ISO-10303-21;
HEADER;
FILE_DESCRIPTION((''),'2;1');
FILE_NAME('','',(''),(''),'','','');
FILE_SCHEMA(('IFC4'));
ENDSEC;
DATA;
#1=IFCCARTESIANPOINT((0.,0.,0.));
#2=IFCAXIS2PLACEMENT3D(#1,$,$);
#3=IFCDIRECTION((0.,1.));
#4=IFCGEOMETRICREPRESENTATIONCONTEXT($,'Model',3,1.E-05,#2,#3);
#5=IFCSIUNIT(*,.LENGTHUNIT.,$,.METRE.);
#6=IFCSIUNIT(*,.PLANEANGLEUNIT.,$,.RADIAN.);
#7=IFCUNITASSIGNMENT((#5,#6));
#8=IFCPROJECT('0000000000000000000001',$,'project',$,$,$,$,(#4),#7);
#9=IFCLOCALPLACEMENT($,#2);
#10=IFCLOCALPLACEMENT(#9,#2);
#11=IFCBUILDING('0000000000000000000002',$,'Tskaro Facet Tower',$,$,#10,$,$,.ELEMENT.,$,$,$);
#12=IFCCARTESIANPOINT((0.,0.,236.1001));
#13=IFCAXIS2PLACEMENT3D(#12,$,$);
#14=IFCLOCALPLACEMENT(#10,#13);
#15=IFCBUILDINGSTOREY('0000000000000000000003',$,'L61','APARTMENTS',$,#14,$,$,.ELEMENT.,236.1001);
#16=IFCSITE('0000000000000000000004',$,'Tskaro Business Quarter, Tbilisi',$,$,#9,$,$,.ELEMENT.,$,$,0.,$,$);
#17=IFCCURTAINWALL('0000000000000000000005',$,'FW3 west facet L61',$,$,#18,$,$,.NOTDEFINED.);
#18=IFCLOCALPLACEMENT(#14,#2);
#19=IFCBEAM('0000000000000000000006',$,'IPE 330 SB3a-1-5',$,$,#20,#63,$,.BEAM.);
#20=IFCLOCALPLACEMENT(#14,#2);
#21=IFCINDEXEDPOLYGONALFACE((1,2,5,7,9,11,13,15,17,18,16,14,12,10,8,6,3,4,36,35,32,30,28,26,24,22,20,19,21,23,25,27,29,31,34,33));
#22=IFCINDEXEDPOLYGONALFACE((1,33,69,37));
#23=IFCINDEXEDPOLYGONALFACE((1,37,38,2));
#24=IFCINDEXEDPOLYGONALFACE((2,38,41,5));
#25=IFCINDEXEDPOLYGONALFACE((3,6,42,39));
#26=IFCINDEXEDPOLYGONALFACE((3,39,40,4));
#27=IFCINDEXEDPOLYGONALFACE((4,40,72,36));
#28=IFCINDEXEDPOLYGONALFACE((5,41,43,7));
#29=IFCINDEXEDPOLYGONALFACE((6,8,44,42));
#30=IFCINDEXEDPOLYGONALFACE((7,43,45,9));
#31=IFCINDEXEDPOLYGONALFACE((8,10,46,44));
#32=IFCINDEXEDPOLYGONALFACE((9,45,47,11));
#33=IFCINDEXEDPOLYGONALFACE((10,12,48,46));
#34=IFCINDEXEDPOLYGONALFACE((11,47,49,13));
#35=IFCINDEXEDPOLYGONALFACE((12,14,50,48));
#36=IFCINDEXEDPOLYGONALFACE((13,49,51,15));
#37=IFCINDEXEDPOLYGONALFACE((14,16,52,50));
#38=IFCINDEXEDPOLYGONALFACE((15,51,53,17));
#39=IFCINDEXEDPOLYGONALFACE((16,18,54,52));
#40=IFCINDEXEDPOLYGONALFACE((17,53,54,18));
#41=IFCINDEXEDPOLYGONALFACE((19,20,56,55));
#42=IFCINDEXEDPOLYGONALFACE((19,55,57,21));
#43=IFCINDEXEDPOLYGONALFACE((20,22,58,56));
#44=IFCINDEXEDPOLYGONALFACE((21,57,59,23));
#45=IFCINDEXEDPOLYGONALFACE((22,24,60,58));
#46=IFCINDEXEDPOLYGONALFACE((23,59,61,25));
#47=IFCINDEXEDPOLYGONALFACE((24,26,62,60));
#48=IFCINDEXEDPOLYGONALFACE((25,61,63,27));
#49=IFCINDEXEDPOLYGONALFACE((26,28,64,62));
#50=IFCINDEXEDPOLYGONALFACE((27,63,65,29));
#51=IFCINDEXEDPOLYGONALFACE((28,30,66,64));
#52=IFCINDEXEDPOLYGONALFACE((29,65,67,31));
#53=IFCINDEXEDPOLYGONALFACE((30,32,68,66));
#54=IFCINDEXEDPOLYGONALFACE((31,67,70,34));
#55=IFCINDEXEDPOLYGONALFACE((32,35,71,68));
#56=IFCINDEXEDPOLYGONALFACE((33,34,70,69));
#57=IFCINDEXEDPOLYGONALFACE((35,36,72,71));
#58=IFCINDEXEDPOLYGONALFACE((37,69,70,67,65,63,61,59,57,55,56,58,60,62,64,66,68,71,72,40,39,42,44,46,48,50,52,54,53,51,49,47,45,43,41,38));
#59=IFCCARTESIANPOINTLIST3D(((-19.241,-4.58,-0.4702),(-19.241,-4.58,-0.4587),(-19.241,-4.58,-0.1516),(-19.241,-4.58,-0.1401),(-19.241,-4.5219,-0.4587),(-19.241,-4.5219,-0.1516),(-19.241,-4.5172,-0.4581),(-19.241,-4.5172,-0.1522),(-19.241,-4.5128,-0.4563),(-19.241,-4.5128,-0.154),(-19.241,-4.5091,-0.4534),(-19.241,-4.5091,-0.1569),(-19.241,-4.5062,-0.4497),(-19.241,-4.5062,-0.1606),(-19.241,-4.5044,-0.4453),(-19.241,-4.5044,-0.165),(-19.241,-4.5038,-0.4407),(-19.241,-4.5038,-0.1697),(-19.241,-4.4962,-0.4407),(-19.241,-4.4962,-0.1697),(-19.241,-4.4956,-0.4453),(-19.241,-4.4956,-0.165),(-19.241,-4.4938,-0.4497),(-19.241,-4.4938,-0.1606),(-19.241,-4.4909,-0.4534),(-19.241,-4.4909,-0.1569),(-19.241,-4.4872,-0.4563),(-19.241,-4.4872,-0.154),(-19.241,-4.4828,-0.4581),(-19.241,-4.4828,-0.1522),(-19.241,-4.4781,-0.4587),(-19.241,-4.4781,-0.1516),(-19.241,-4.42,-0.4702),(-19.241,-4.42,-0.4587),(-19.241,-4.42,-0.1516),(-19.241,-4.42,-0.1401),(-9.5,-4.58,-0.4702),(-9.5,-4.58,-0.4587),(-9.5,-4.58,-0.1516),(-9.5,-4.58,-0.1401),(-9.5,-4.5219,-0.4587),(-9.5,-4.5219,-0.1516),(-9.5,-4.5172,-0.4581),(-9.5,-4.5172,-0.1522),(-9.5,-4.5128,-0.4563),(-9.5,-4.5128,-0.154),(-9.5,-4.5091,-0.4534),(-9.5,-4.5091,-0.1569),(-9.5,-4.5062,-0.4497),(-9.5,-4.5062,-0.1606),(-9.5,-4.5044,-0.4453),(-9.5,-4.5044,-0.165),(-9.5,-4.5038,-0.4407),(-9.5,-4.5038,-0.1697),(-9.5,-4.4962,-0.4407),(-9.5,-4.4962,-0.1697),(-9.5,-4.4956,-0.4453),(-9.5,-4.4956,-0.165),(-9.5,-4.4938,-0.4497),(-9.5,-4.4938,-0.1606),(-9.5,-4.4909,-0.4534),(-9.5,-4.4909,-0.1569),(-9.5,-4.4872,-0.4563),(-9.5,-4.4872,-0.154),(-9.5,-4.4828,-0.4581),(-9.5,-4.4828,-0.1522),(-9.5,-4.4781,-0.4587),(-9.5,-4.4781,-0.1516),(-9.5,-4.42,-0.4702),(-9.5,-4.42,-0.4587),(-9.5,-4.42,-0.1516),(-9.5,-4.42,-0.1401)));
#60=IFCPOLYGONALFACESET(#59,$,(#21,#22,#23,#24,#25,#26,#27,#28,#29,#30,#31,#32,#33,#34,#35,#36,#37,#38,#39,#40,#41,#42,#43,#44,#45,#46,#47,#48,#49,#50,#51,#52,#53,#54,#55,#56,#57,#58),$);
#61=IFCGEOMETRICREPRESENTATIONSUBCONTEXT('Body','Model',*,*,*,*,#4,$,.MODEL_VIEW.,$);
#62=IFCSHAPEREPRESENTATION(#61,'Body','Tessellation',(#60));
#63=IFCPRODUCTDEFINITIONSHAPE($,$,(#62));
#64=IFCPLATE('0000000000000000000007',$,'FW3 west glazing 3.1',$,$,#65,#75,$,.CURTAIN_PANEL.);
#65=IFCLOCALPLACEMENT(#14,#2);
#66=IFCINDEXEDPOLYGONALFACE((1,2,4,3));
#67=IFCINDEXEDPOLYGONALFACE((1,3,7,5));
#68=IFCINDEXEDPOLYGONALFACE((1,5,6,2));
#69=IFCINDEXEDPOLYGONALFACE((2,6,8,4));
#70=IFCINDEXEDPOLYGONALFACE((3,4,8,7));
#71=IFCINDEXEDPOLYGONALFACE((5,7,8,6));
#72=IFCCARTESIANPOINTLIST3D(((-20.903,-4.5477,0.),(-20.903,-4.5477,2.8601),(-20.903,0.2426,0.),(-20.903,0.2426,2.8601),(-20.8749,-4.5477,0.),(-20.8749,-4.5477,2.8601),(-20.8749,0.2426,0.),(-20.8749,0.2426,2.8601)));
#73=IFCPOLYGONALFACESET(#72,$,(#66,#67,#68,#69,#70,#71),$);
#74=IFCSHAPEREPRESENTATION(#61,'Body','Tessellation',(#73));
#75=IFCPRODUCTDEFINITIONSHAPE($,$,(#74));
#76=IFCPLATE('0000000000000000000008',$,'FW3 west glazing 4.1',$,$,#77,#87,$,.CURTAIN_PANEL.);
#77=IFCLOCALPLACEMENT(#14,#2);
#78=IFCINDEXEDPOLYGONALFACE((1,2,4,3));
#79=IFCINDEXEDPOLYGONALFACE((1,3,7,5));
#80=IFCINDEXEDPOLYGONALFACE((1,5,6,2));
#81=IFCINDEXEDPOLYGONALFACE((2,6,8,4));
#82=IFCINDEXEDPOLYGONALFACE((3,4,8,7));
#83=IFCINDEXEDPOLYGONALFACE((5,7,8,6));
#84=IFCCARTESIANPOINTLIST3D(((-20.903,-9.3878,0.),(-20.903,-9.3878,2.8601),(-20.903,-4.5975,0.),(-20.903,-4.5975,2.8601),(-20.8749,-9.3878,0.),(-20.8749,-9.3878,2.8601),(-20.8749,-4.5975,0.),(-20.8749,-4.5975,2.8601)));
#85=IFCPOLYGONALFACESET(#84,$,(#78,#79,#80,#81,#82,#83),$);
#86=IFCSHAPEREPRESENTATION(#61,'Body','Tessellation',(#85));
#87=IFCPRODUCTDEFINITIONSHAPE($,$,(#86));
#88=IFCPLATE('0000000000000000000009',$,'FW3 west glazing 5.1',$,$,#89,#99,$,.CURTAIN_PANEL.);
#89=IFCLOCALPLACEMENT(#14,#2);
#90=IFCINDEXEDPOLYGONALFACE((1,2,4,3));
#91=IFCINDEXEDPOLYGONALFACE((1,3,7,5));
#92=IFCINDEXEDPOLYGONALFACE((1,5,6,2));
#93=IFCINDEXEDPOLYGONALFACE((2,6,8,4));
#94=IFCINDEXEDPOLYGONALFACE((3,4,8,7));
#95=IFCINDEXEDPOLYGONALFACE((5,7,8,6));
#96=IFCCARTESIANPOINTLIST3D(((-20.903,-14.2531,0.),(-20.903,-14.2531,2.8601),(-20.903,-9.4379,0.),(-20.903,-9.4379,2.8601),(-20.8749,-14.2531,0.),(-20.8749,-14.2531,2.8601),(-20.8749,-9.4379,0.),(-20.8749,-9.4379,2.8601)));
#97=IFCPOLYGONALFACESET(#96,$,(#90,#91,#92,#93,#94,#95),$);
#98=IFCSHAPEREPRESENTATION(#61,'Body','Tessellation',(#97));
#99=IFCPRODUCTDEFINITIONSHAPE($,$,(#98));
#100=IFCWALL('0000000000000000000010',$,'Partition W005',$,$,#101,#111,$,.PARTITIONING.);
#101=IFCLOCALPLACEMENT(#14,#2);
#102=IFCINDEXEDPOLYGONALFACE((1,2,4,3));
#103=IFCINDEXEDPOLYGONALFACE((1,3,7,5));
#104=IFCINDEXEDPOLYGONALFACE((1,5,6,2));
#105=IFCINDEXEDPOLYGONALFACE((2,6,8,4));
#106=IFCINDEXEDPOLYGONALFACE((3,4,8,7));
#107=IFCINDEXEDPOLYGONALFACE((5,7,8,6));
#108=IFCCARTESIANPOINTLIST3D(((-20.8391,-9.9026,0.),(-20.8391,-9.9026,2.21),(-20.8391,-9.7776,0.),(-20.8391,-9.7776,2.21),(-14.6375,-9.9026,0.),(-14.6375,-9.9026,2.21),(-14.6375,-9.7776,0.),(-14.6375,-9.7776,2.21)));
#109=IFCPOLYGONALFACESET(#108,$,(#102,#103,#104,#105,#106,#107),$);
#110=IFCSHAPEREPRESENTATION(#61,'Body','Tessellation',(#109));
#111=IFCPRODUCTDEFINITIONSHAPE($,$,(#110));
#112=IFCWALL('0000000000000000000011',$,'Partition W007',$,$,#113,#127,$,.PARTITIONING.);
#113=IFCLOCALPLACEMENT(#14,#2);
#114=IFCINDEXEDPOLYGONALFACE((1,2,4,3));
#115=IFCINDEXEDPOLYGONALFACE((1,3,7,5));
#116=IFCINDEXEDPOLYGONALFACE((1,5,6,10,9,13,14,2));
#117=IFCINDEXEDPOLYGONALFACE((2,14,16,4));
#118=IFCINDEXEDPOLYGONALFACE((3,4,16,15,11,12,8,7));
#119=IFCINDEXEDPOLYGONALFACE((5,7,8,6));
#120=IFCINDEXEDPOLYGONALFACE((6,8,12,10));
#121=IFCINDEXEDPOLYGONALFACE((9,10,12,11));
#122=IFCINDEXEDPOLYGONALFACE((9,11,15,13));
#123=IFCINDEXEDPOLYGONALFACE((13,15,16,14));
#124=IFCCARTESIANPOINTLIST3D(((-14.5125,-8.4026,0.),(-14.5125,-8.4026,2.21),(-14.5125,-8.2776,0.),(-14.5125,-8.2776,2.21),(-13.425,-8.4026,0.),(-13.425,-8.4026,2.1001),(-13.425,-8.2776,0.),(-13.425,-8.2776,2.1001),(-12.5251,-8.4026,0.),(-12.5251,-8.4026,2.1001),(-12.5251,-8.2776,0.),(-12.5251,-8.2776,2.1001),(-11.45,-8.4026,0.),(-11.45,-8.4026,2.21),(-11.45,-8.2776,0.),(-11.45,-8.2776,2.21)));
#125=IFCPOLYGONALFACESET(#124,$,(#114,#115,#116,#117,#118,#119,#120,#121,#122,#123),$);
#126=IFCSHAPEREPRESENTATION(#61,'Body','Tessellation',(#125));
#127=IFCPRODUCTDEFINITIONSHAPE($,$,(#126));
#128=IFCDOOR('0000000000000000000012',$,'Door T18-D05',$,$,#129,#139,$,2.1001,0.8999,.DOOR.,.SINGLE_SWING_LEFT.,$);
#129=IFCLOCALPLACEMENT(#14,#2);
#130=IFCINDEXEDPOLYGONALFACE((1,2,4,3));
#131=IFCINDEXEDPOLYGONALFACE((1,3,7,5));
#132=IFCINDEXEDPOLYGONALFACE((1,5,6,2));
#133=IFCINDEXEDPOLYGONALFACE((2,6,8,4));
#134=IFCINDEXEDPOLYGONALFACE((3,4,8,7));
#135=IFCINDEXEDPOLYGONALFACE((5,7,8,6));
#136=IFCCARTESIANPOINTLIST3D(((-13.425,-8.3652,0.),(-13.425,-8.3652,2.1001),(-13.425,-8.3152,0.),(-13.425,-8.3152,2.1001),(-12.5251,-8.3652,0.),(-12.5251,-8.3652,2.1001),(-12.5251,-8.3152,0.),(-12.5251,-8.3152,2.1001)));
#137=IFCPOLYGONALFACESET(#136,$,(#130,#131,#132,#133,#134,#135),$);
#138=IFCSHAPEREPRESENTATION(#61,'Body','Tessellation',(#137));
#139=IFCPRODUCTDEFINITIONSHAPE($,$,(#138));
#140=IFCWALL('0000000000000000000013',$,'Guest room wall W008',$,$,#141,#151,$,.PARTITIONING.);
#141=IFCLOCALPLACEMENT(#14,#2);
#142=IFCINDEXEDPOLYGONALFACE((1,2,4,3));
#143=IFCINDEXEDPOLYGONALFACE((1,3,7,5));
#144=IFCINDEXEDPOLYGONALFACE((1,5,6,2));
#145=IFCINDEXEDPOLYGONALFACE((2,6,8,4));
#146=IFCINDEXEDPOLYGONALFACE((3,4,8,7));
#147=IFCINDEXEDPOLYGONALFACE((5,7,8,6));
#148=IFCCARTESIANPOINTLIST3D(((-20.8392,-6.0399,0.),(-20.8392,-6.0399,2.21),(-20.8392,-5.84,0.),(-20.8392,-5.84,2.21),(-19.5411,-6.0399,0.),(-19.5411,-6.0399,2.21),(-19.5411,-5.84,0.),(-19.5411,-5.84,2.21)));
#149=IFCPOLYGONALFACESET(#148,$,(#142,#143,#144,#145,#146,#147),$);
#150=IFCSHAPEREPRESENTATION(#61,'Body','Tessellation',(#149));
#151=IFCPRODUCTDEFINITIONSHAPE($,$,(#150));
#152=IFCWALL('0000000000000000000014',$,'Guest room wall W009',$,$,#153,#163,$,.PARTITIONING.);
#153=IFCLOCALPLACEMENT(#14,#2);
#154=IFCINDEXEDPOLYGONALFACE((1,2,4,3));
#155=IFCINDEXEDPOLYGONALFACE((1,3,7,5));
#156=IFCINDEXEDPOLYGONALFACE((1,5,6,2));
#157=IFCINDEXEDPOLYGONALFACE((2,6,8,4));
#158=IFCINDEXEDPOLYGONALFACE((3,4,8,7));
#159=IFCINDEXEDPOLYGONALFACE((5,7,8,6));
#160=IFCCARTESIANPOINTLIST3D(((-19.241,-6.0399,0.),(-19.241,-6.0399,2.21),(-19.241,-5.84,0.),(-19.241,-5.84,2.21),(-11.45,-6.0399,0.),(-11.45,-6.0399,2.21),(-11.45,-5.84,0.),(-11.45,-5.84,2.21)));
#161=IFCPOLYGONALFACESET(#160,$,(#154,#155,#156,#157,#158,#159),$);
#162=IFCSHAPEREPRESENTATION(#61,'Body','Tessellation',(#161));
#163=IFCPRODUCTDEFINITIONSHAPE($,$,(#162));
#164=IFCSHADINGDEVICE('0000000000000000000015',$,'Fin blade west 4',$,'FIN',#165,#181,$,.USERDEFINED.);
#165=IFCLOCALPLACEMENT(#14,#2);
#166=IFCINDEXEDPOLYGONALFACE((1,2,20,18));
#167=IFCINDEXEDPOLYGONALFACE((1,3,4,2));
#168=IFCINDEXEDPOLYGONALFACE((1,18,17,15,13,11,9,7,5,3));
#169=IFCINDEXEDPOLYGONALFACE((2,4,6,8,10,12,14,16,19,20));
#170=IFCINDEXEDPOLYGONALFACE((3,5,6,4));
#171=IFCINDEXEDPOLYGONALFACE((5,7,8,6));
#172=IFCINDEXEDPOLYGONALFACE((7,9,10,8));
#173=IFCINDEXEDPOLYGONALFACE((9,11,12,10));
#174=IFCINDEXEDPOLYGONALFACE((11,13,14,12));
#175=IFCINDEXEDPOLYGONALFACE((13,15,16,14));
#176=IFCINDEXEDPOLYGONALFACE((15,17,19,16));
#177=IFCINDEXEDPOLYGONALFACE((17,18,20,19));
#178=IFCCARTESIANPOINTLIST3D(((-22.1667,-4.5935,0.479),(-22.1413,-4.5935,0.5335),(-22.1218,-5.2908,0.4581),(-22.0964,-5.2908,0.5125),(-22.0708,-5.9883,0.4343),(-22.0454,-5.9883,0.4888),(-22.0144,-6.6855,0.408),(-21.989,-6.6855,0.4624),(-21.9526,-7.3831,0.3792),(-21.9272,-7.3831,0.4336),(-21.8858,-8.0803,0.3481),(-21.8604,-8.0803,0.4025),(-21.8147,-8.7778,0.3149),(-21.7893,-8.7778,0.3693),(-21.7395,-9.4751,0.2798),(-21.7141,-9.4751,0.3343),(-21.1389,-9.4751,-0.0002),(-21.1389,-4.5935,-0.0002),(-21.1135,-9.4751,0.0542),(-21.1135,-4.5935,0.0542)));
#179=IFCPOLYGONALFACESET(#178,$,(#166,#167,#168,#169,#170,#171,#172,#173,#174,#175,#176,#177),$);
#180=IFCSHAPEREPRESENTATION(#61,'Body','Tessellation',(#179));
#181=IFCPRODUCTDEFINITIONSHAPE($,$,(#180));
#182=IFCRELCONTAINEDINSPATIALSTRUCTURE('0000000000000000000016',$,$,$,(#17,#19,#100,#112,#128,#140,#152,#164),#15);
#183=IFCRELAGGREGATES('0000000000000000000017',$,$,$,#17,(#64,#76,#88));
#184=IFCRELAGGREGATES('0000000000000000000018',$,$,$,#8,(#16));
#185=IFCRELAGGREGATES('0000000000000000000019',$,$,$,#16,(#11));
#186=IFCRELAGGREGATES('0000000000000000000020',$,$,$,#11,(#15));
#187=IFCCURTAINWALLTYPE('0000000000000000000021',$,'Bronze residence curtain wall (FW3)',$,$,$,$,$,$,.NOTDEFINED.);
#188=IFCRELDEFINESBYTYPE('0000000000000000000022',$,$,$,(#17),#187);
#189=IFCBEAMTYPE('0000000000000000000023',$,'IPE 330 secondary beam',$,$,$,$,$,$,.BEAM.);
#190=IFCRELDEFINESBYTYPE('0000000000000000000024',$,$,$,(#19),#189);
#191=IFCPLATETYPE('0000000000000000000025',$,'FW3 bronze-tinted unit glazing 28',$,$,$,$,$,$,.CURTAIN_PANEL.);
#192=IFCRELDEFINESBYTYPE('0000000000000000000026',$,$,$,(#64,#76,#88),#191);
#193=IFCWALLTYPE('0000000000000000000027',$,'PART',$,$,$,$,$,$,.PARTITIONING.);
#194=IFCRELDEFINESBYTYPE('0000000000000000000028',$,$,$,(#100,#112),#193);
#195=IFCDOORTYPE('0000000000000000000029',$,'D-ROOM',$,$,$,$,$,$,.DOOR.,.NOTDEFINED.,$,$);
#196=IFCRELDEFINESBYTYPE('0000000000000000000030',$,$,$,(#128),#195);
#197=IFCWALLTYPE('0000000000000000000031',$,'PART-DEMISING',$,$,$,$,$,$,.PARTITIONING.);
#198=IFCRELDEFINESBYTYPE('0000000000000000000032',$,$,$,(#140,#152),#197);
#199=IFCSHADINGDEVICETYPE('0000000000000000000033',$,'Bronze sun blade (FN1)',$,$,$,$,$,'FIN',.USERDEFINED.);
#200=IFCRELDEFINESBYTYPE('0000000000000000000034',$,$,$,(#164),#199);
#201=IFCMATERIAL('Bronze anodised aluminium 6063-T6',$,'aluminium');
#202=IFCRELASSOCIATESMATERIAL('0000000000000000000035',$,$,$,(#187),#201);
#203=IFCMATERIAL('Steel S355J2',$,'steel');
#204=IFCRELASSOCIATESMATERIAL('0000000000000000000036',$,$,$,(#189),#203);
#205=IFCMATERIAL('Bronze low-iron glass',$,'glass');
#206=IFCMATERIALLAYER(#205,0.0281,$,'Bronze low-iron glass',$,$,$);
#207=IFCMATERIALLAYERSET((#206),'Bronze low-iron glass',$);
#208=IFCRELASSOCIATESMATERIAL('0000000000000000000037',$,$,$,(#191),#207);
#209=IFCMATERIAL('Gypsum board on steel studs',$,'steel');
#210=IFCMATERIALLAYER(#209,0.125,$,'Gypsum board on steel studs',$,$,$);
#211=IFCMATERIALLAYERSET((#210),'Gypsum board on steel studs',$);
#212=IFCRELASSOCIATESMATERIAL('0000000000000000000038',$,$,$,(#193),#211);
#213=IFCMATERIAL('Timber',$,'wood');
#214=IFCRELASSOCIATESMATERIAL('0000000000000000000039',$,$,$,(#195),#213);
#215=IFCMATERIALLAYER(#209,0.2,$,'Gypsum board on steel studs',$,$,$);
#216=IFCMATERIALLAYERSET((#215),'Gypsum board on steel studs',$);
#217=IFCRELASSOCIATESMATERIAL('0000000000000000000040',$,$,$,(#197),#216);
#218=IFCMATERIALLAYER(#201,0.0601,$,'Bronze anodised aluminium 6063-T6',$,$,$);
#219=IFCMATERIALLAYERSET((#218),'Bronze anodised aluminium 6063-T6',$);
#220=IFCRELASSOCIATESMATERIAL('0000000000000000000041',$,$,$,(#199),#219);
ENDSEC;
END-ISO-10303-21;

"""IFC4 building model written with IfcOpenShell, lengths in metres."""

from ifc_helpers import new_model, si_unit, direction, frame, frame_2d, origin, origin_2d, place, context, subcontext, project, spatial, polyline, rectangle, i_section, outline, extrude, material, layer, layer_set, material_profile, profile_set, type_object, element, fill, aggregate, save


model = new_model("IFC4")

# Units and contexts
model_context = context("Model", 3, precision=1e-05, world=origin(), true_north=direction((0.0, 1.0)))
body_context = subcontext(model_context, "Body", "Model", "MODEL_VIEW")
ifc_project = project(units=[si_unit("LENGTHUNIT", "METRE"), si_unit("PLANEANGLEUNIT", "RADIAN")], contexts=[model_context])

# Site, building, storey
site_placement = place(None, origin())
site = spatial("IfcSite", under=ifc_project, at=site_placement, Name="Tskaro Business Quarter, Tbilisi", CompositionType="ELEMENT", RefElevation=0.0)
building_placement = place(site_placement, origin())
building = spatial("IfcBuilding", under=site, at=building_placement, Name="Tskaro Facet Tower", CompositionType="ELEMENT")
storey_placement = place(building_placement, frame((0.0, 0.0, 236.1001)))
storey = spatial("IfcBuildingStorey", under=building, at=storey_placement, Name="L61", Description="APARTMENTS", CompositionType="ELEMENT", Elevation=236.1001)

# Shared definitions
ifc_material_1 = material(Name="Steel S355J2", Category="steel")

# Curtain wall
ifc_material_2 = material(Name="Bronze anodised aluminium 6063-T6", Category="aluminium")
curtain_wall_type = type_object("IfcCurtainWallType", Name="Bronze residence curtain wall (FW3)", PredefinedType="NOTDEFINED", material=ifc_material_2)
curtain_wall_placement = place(storey_placement, origin())
curtain_wall = element("IfcCurtainWall", 1, at=curtain_wall_placement, inside=storey, type_object=curtain_wall_type, Name="FW3 west facet L61", PredefinedType="NOTDEFINED")

# Beam
ifc_material_profile_1 = material_profile(ifc_material_1, i_section(OverallWidth=0.1599, OverallDepth=0.3301, WebThickness=0.0076, FlangeThickness=0.0115, FilletRadius=0.0181, at=origin_2d()), Name="IPE 330")
ifc_profile_set_1 = profile_set([ifc_material_profile_1], Name="Steel S355J2")
beam_type_1 = type_object("IfcBeamType", Name="IPE 330 secondary beam", PredefinedType="BEAM", material=ifc_profile_set_1)
beam_1_placement = place(storey_placement, frame((-19.241, -4.5, -0.3052), z_axis=(1.0, 0.0, 0.0), x_axis=(0.0, 1.0, 0.0)))
element("IfcBeam", 2, at=beam_1_placement, inside=storey, type_object=beam_type_1, Name="IPE 330 SB3a-1-5", PredefinedType="BEAM", context=body_context, shape_type="SweptSolid", body=[
    extrude(i_section(OverallWidth=0.1599, OverallDepth=0.3301, WebThickness=0.0076, FlangeThickness=0.0115, FilletRadius=0.0181, at=origin_2d()), origin(), (0.0, 0.0, 1.0), 9.741),
])

# Plates
ifc_material_3 = material(Name="Bronze low-iron glass", Category="glass")
ifc_layer_1 = layer(ifc_material_3, 0.0281, Name="Bronze low-iron glass")
ifc_layer_set_1 = layer_set([ifc_layer_1], Name="Bronze low-iron glass")
plate_type = type_object("IfcPlateType", Name="FW3 bronze-tinted unit glazing 28", PredefinedType="CURTAIN_PANEL", material=ifc_layer_set_1)
plate_1_placement = place(storey_placement, frame((-20.8889, -2.1526, 0.0), z_axis=(0.0, 0.0, 1.0), x_axis=(0.0, -1.0, 0.0)))
plate_1 = element("IfcPlate", 3, at=plate_1_placement, type_object=plate_type, Name="FW3 west glazing 3.1", PredefinedType="CURTAIN_PANEL", context=body_context, shape_type="SweptSolid", body=[
    extrude(rectangle(XDim=4.7903, YDim=0.0281, at=origin_2d()), origin(), (0.0, 0.0, 1.0), 2.8601),
])
plate_2_placement = place(storey_placement, frame((-20.8889, -6.9927, 0.0), z_axis=(0.0, 0.0, 1.0), x_axis=(0.0, -1.0, 0.0)))
plate_2 = element("IfcPlate", 4, at=plate_2_placement, type_object=plate_type, Name="FW3 west glazing 4.1", PredefinedType="CURTAIN_PANEL", context=body_context, shape_type="SweptSolid", body=[
    extrude(rectangle(XDim=4.7903, YDim=0.0281, at=origin_2d()), origin(), (0.0, 0.0, 1.0), 2.8601),
])
plate_3_placement = place(storey_placement, frame((-20.8889, -11.8455, 0.0), z_axis=(0.0, 0.0, 1.0), x_axis=(0.0, -1.0, 0.0)))
plate_3 = element("IfcPlate", 5, at=plate_3_placement, type_object=plate_type, Name="FW3 west glazing 5.1", PredefinedType="CURTAIN_PANEL", context=body_context, shape_type="SweptSolid", body=[
    extrude(rectangle(XDim=4.8152, YDim=0.0281, at=origin_2d()), origin(), (0.0, 0.0, 1.0), 2.8601),
])
aggregate(curtain_wall, [plate_1, plate_2, plate_3])

# Wall
ifc_material_4 = material(Name="Gypsum board on steel studs", Category="steel")
ifc_layer_2 = layer(ifc_material_4, 0.125, Name="Gypsum board on steel studs")
ifc_layer_set_2 = layer_set([ifc_layer_2], Name="Gypsum board on steel studs")
wall_type_1 = type_object("IfcWallType", Name="PART", PredefinedType="PARTITIONING", material=ifc_layer_set_2)
wall_1_placement = place(storey_placement, frame((-20.8391, -9.8401, 0.0), z_axis=(0.0, 0.0, 1.0), x_axis=(1.0, 0.0, 0.0)))
element("IfcWall", 6, at=wall_1_placement, inside=storey, type_object=wall_type_1, Name="Partition W005", PredefinedType="PARTITIONING", context=body_context, shape_type="SweptSolid", body=[
    extrude(rectangle(XDim=6.2017, YDim=0.125, at=frame_2d((3.1008, 0.0))), origin(), (0.0, 0.0, 1.0), 2.21),
])

# Wall, opening, door
wall_2_placement = place(storey_placement, frame((-14.5125, -8.3401, 0.0), z_axis=(0.0, 0.0, 1.0), x_axis=(1.0, 0.0, 0.0)))
wall_2 = element("IfcWall", 7, at=wall_2_placement, inside=storey, type_object=wall_type_1, Name="Partition W007", PredefinedType="PARTITIONING", context=body_context, shape_type="SweptSolid", body=[
    extrude(rectangle(XDim=3.0625, YDim=0.125, at=frame_2d((1.5312, 0.0))), origin(), (0.0, 0.0, 1.0), 2.21),
])
opening_placement = place(wall_2_placement, frame((1.0874, 0.0, 0.0)))
opening = element("IfcOpeningElement", 8, at=opening_placement, cuts=wall_2, PredefinedType="OPENING", context=body_context, shape_type="SweptSolid", body=[
    extrude(rectangle(XDim=0.8999, YDim=2.1001, at=frame_2d((0.45, 1.05))), frame((0.0, 0.0725, 0.0), z_axis=(0.0, -1.0, 0.0), x_axis=(1.0, 0.0, 0.0)), (0.0, 0.0, 1.0), 0.145),
])
ifc_material_5 = material(Name="Timber", Category="wood")
door_type = type_object("IfcDoorType", Name="D-ROOM", OperationType="NOTDEFINED", PredefinedType="DOOR", material=ifc_material_5)
door_placement = place(opening_placement, origin())
door = element("IfcDoor", 9, at=door_placement, inside=storey, type_object=door_type, Name="Door T18-D05", OperationType="SINGLE_SWING_LEFT", OverallHeight=2.1001, OverallWidth=0.8999, PredefinedType="DOOR", context=body_context, shape_type="SweptSolid", body=[
    extrude(rectangle(XDim=0.8999, YDim=2.1001, at=frame_2d((0.45, 1.05))), frame((0.0, 0.0249, 0.0), z_axis=(0.0, -1.0, 0.0), x_axis=(1.0, 0.0, 0.0)), (0.0, 0.0, 1.0), 0.05),
])
fill(opening, door)

# Walls
ifc_layer_3 = layer(ifc_material_4, 0.2, Name="Gypsum board on steel studs")
ifc_layer_set_3 = layer_set([ifc_layer_3], Name="Gypsum board on steel studs")
wall_type_2 = type_object("IfcWallType", Name="PART-DEMISING", PredefinedType="PARTITIONING", material=ifc_layer_set_3)
wall_3_placement = place(storey_placement, frame((-20.8391, -5.9399, 0.0), z_axis=(0.0, 0.0, 1.0), x_axis=(1.0, 0.0, 0.0)))
element("IfcWall", 10, at=wall_3_placement, inside=storey, type_object=wall_type_2, Name="Guest room wall W008", PredefinedType="PARTITIONING", context=body_context, shape_type="SweptSolid", body=[
    extrude(rectangle(XDim=1.2981, YDim=0.2, at=frame_2d((0.6489, 0.0))), origin(), (0.0, 0.0, 1.0), 2.21),
])
wall_4_placement = place(storey_placement, frame((-19.241, -5.9399, 0.0), z_axis=(0.0, 0.0, 1.0), x_axis=(1.0, 0.0, 0.0)))
element("IfcWall", 11, at=wall_4_placement, inside=storey, type_object=wall_type_2, Name="Guest room wall W009", PredefinedType="PARTITIONING", context=body_context, shape_type="SweptSolid", body=[
    extrude(rectangle(XDim=7.791, YDim=0.2, at=frame_2d((3.8955, 0.0))), origin(), (0.0, 0.0, 1.0), 2.21),
])

# Shading device
ifc_layer_4 = layer(ifc_material_2, 0.0601, Name="Bronze anodised aluminium 6063-T6")
ifc_layer_set_4 = layer_set([ifc_layer_4], Name="Bronze anodised aluminium 6063-T6")
shading_device_type = type_object("IfcShadingDeviceType", Name="Bronze sun blade (FN1)", ElementType="FIN", PredefinedType="USERDEFINED", material=ifc_layer_set_4)
shading_device_1_placement = place(storey_placement, frame((-21.1135, -4.5935, 0.0542), z_axis=(0.42262, 0.000003, 0.906307), x_axis=(0.000001, -1.0, 0.000003)))
element("IfcShadingDevice", 12, at=shading_device_1_placement, inside=storey, type_object=shading_device_type, Name="Fin blade west 4", ObjectType="FIN", PredefinedType="USERDEFINED", context=body_context, shape_type="SweptSolid", body=[
    extrude(outline(polyline([(0.0, 0.0), (4.8816, 0.0), (4.8816, -0.6627), (4.1843, -0.7457), (3.4868, -0.8241), (2.7896, -0.8978), (2.092, -0.966), (1.3948, -1.0282), (0.6973, -1.0845), (0.0, -1.1341), (0.0, 0.0)])), origin(), (0.0, 0.0, -1.0), 0.0601),
])

save(model, "model.ifc")
